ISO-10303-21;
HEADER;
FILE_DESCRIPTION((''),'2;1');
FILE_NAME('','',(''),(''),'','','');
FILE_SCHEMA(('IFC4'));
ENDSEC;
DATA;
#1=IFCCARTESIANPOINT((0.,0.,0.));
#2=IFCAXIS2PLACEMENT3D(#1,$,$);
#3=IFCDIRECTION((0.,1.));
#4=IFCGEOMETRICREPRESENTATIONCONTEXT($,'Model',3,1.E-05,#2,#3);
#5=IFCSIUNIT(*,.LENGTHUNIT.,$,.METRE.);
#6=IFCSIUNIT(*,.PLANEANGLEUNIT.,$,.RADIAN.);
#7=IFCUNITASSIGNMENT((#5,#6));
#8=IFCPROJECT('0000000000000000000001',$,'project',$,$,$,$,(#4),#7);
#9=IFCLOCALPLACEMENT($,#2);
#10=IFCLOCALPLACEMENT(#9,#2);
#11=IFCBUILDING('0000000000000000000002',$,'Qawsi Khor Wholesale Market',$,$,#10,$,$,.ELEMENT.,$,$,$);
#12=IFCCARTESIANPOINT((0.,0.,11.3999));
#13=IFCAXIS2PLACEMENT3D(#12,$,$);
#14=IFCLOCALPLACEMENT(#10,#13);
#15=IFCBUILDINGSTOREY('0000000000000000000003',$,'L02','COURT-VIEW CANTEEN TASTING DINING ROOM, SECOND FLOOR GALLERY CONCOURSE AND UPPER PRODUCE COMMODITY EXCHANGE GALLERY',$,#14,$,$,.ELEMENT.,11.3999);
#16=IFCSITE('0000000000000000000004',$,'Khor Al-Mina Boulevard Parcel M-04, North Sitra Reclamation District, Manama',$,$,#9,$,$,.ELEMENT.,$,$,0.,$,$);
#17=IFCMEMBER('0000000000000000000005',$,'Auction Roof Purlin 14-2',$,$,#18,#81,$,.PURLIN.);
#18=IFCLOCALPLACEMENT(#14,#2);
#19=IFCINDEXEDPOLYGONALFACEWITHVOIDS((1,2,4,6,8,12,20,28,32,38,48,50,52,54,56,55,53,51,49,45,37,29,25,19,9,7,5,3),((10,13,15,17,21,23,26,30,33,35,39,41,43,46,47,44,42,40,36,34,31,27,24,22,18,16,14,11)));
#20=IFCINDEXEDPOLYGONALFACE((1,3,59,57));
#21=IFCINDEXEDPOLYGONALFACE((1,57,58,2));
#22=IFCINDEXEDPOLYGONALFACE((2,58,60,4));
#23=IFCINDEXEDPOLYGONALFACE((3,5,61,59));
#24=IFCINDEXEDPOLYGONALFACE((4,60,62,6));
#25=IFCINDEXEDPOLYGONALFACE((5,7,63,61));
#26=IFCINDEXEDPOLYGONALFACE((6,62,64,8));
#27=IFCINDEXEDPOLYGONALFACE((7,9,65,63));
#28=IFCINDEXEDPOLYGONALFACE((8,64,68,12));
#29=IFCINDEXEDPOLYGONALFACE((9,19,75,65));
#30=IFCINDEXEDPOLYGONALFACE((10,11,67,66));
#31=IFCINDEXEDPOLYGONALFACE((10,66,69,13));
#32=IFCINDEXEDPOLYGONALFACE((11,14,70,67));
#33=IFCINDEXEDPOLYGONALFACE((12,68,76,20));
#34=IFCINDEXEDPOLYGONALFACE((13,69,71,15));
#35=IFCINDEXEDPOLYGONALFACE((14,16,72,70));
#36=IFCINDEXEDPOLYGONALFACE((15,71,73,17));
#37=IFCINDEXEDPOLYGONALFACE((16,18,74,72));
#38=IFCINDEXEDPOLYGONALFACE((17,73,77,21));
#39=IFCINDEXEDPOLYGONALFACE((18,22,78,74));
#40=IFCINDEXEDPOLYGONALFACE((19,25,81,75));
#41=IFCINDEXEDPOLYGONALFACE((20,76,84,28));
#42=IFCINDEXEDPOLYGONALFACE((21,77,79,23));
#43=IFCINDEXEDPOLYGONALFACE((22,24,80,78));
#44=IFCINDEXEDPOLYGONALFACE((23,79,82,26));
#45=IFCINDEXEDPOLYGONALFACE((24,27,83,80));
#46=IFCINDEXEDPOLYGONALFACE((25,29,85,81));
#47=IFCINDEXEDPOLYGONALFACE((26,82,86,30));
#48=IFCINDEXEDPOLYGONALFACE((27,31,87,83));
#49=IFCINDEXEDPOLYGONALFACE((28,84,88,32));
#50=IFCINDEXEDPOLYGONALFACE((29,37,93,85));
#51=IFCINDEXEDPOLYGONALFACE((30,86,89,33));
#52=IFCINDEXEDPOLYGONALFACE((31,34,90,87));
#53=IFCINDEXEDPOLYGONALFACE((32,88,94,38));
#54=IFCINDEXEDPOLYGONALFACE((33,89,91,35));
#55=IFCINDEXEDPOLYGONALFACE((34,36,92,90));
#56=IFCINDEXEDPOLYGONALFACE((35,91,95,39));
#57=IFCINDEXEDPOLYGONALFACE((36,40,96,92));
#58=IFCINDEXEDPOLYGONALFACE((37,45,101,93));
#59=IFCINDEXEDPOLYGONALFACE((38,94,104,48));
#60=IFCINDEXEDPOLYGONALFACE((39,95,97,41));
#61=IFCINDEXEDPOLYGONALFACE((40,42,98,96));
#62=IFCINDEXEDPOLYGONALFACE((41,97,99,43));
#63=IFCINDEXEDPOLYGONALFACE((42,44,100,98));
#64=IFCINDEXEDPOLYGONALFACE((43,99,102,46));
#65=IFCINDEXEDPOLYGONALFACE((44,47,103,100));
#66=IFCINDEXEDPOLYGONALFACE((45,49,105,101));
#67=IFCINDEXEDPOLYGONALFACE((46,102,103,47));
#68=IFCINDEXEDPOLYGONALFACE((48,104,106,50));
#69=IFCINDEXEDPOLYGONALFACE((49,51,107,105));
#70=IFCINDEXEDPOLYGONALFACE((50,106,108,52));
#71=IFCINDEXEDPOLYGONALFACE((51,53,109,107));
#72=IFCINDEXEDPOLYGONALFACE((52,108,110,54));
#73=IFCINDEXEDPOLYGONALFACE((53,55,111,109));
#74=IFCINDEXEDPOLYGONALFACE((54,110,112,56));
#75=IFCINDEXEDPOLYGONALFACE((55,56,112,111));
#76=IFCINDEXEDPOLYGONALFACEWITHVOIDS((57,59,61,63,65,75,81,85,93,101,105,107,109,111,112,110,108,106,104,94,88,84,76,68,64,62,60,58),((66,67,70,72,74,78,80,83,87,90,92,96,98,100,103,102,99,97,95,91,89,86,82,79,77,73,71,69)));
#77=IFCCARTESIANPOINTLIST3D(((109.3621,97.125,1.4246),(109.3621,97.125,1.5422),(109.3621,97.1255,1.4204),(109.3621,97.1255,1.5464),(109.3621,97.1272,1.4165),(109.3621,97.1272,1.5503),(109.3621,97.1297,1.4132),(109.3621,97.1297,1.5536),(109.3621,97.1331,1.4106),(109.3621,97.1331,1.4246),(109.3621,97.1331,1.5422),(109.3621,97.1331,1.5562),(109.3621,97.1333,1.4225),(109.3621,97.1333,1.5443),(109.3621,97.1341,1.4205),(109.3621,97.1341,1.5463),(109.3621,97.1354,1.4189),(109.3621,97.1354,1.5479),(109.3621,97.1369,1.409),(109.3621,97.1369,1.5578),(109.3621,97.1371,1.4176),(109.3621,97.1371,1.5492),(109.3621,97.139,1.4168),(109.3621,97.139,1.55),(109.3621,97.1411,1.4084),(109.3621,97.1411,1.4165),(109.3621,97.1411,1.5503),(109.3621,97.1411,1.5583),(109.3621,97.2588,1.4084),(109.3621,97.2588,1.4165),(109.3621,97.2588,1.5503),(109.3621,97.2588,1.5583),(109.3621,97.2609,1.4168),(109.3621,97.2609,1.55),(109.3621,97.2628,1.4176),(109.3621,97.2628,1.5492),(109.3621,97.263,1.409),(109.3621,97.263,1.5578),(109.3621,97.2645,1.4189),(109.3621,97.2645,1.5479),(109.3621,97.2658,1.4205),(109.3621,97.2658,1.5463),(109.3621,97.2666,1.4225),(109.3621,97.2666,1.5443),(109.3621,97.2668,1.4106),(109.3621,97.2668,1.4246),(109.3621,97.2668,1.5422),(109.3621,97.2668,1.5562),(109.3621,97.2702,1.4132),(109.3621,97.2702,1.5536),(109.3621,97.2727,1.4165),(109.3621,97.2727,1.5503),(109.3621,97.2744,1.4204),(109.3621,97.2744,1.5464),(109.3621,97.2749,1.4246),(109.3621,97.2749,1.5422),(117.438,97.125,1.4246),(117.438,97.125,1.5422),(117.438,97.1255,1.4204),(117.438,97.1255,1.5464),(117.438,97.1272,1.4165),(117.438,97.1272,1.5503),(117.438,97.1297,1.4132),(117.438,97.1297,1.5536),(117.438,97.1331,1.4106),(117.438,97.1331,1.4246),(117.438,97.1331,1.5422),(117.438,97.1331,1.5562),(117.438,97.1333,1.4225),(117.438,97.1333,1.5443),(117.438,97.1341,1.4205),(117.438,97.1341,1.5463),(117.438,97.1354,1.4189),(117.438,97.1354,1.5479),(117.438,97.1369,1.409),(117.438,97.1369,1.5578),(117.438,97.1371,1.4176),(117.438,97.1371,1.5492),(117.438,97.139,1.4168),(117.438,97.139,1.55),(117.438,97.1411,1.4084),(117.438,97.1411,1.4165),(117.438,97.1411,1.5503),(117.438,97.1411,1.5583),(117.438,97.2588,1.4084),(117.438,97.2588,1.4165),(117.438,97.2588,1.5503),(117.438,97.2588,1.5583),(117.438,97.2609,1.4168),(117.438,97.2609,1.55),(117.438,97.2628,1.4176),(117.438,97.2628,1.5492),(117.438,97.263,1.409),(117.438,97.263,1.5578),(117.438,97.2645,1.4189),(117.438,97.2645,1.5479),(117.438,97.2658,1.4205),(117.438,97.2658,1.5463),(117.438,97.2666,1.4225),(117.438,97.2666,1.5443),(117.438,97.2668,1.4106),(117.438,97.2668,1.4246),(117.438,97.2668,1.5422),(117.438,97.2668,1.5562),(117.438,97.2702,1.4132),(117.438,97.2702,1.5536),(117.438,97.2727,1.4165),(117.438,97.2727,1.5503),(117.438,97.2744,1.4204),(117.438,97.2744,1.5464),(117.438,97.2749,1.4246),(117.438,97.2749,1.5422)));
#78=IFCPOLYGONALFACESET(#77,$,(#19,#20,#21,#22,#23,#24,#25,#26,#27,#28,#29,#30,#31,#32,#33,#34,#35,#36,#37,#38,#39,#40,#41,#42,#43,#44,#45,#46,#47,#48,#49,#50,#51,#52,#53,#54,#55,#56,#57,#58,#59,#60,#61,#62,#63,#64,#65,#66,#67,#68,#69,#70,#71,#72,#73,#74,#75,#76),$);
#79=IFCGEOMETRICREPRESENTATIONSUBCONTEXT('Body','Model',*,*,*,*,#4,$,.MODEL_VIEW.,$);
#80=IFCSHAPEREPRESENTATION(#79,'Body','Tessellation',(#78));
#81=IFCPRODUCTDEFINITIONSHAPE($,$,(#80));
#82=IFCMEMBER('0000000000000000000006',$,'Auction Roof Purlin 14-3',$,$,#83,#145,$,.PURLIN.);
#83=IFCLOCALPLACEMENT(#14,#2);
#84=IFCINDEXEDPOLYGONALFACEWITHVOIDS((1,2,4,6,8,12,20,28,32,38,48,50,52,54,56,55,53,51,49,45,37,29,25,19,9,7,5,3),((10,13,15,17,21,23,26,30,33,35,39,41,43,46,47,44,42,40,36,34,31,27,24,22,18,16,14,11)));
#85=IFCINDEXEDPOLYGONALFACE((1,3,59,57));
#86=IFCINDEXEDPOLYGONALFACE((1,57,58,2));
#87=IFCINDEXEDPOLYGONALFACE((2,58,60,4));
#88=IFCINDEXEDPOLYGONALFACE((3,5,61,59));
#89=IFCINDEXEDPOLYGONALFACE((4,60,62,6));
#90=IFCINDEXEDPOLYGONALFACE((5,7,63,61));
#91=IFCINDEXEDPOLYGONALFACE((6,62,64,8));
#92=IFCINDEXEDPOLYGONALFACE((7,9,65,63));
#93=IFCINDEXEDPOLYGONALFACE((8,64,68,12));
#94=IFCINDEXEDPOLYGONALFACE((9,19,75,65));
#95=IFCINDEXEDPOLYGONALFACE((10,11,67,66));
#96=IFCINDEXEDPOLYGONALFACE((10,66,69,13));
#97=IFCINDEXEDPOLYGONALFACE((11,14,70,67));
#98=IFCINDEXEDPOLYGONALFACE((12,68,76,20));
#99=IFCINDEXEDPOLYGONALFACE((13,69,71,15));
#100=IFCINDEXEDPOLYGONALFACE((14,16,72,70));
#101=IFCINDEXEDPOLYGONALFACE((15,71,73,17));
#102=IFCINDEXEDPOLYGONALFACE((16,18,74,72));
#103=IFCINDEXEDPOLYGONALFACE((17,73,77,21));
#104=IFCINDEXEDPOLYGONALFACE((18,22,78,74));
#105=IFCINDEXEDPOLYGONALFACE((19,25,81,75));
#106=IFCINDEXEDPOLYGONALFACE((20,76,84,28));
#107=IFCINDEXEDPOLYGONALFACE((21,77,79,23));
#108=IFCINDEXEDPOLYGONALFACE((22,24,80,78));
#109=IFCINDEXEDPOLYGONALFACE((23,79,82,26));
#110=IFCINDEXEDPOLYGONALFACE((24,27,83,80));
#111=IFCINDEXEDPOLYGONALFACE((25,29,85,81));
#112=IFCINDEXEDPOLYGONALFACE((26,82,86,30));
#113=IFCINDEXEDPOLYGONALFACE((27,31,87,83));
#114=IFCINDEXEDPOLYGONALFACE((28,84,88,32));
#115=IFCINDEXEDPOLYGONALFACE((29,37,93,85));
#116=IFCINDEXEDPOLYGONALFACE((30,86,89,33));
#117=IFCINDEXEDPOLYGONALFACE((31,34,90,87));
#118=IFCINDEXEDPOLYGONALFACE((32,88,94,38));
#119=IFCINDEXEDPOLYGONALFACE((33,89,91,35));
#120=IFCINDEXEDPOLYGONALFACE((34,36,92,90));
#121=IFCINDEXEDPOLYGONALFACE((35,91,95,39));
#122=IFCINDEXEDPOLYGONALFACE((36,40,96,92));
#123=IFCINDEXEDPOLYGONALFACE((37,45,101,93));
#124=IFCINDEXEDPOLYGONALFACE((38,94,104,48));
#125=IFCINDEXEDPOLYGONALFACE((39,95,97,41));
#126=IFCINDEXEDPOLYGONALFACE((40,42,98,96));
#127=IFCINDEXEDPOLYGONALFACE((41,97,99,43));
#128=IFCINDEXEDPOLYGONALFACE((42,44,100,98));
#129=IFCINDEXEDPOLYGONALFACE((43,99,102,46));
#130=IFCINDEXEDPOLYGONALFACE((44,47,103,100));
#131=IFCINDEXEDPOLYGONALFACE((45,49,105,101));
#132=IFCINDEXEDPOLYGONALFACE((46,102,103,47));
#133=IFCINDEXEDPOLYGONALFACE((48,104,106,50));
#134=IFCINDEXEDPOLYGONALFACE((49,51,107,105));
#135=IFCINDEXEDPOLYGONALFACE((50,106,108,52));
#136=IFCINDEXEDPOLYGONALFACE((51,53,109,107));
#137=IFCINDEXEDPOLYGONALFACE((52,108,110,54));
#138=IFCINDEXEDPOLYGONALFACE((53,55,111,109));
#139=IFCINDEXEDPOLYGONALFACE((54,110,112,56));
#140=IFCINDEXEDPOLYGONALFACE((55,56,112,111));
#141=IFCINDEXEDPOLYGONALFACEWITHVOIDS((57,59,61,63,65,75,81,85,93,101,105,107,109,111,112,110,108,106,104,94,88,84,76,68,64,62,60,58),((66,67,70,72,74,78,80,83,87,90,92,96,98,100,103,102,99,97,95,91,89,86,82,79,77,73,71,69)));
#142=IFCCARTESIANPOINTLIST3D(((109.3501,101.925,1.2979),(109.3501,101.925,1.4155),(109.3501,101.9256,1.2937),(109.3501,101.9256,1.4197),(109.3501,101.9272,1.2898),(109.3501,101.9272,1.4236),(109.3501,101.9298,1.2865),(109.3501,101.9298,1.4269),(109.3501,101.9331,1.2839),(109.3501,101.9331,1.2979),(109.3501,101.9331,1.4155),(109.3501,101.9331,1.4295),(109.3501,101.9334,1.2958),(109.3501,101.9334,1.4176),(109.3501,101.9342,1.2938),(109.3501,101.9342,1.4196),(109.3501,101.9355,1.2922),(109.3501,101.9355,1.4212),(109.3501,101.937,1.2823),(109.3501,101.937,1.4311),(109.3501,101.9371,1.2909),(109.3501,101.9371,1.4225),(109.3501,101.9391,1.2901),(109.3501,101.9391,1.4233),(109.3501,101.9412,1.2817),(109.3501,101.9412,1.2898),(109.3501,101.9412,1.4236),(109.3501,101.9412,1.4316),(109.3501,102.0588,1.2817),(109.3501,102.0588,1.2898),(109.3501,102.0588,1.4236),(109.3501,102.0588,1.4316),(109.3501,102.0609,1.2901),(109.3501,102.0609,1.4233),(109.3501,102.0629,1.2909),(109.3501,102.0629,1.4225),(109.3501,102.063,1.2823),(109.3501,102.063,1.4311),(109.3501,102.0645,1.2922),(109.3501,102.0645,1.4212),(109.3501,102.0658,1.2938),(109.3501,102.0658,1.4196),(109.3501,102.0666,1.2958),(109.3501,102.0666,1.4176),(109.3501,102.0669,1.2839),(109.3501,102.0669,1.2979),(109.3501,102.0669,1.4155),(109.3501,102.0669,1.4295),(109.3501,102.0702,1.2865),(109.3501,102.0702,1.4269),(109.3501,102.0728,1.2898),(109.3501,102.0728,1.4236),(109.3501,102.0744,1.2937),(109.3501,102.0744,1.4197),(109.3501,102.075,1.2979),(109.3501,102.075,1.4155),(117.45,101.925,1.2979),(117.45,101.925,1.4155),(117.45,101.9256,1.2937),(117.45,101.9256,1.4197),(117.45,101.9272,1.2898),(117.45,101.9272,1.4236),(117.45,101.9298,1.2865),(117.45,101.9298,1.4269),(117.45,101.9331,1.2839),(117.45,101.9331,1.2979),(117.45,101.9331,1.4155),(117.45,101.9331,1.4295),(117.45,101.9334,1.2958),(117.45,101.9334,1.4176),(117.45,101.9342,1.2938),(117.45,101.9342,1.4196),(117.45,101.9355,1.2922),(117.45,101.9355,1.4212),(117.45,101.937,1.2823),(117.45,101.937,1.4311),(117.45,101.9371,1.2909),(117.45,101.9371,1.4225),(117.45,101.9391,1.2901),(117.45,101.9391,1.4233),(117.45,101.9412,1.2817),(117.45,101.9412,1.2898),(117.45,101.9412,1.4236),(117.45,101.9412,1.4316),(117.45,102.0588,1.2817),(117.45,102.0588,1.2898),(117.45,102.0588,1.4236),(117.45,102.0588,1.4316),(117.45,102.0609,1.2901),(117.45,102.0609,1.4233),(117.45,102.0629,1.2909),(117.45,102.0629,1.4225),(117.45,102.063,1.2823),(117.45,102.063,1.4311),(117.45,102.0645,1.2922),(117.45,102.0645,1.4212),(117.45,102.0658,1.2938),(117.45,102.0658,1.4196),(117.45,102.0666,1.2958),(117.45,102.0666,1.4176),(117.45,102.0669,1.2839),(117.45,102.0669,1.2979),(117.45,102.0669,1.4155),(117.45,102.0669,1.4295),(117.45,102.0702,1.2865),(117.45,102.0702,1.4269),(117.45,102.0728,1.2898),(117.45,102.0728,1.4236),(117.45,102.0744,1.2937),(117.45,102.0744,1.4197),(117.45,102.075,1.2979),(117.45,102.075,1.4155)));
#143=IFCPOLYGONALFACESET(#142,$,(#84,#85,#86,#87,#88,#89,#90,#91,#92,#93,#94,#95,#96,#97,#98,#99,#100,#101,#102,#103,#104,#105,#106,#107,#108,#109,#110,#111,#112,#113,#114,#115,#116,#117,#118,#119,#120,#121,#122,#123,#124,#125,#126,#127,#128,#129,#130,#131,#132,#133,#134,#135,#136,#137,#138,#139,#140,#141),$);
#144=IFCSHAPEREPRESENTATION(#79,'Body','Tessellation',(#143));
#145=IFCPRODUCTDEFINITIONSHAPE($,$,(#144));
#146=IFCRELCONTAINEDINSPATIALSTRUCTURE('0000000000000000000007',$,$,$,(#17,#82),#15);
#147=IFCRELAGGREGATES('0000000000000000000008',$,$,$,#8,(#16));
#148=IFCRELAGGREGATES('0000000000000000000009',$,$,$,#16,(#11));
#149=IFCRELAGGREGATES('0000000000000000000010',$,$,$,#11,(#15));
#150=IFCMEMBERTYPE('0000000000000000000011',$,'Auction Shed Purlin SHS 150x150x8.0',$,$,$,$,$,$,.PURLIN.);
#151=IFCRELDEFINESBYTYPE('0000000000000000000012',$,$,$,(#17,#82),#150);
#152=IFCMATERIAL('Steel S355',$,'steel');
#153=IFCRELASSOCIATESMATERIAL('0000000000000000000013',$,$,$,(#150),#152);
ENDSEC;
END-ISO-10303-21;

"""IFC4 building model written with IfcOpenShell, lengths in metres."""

from ifc_helpers import new_model, si_unit, direction, frame, origin, origin_2d, place, context, subcontext, project, spatial, hollow_rectangle, extrude, material, material_profile, profile_set, type_object, element, save


model = new_model("IFC4")

# Units and contexts
model_context = context("Model", 3, precision=1e-05, world=origin(), true_north=direction((0.0, 1.0)))
body_context = subcontext(model_context, "Body", "Model", "MODEL_VIEW")
ifc_project = project(units=[si_unit("LENGTHUNIT", "METRE"), si_unit("PLANEANGLEUNIT", "RADIAN")], contexts=[model_context])

# Site, building, storey
site_placement = place(None, origin())
site = spatial("IfcSite", under=ifc_project, at=site_placement, Name="Khor Al-Mina Boulevard Parcel M-04, North Sitra Reclamation District, Manama", CompositionType="ELEMENT", RefElevation=0.0)
building_placement = place(site_placement, origin())
building = spatial("IfcBuilding", under=site, at=building_placement, Name="Qawsi Khor Wholesale Market", CompositionType="ELEMENT")
storey_placement = place(building_placement, frame((0.0, 0.0, 11.3999)))
storey = spatial("IfcBuildingStorey", under=building, at=storey_placement, Name="L02", Description="COURT-VIEW CANTEEN TASTING DINING ROOM, SECOND FLOOR GALLERY CONCOURSE AND UPPER PRODUCE COMMODITY EXCHANGE GALLERY", CompositionType="ELEMENT", Elevation=11.3999)

# Members
ifc_material_1 = material(Name="Steel S355", Category="steel")
ifc_material_profile_1 = material_profile(ifc_material_1, hollow_rectangle(XDim=0.1499, YDim=0.1499, WallThickness=0.0081, InnerFilletRadius=0.0081, OuterFilletRadius=0.0161, at=origin_2d()), Name="SHS 150x150x8.0")
ifc_profile_set_1 = profile_set([ifc_material_profile_1], Name="Steel S355")
member_type_1 = type_object("IfcMemberType", Name="Auction Shed Purlin SHS 150x150x8.0", PredefinedType="PURLIN", material=ifc_profile_set_1)
member_1_placement = place(storey_placement, frame((109.3621, 97.2, 1.4834), z_axis=(1.0, 0.0, 0.0), x_axis=(0.0, 1.0, 0.0)))
element("IfcMember", 1, at=member_1_placement, inside=storey, type_object=member_type_1, Name="Auction Roof Purlin 14-2", PredefinedType="PURLIN", context=body_context, shape_type="SweptSolid", body=[
    extrude(hollow_rectangle(XDim=0.1499, YDim=0.1499, WallThickness=0.0081, InnerFilletRadius=0.0081, OuterFilletRadius=0.0161, at=origin_2d()), origin(), (0.0, 0.0, 1.0), 8.0759),
])
for number, where, z_axis, x_axis, name in (
    (2, (109.3501, 102.0, 1.3567), (1.0, 0.0, 0.0), (0.0, 1.0, 0.0), "Auction Roof Purlin 14-3"),
):
    element("IfcMember", number, at=place(storey_placement, frame(where, z_axis=z_axis, x_axis=x_axis)), inside=storey, type_object=member_type_1, Name=name, PredefinedType="PURLIN", context=body_context, shape_type="SweptSolid", body=[
        extrude(hollow_rectangle(XDim=0.1499, YDim=0.1499, WallThickness=0.0081, InnerFilletRadius=0.0081, OuterFilletRadius=0.0161, at=origin_2d()), origin(), (0.0, 0.0, 1.0), 8.0999),
    ])

save(model, "model.ifc")
